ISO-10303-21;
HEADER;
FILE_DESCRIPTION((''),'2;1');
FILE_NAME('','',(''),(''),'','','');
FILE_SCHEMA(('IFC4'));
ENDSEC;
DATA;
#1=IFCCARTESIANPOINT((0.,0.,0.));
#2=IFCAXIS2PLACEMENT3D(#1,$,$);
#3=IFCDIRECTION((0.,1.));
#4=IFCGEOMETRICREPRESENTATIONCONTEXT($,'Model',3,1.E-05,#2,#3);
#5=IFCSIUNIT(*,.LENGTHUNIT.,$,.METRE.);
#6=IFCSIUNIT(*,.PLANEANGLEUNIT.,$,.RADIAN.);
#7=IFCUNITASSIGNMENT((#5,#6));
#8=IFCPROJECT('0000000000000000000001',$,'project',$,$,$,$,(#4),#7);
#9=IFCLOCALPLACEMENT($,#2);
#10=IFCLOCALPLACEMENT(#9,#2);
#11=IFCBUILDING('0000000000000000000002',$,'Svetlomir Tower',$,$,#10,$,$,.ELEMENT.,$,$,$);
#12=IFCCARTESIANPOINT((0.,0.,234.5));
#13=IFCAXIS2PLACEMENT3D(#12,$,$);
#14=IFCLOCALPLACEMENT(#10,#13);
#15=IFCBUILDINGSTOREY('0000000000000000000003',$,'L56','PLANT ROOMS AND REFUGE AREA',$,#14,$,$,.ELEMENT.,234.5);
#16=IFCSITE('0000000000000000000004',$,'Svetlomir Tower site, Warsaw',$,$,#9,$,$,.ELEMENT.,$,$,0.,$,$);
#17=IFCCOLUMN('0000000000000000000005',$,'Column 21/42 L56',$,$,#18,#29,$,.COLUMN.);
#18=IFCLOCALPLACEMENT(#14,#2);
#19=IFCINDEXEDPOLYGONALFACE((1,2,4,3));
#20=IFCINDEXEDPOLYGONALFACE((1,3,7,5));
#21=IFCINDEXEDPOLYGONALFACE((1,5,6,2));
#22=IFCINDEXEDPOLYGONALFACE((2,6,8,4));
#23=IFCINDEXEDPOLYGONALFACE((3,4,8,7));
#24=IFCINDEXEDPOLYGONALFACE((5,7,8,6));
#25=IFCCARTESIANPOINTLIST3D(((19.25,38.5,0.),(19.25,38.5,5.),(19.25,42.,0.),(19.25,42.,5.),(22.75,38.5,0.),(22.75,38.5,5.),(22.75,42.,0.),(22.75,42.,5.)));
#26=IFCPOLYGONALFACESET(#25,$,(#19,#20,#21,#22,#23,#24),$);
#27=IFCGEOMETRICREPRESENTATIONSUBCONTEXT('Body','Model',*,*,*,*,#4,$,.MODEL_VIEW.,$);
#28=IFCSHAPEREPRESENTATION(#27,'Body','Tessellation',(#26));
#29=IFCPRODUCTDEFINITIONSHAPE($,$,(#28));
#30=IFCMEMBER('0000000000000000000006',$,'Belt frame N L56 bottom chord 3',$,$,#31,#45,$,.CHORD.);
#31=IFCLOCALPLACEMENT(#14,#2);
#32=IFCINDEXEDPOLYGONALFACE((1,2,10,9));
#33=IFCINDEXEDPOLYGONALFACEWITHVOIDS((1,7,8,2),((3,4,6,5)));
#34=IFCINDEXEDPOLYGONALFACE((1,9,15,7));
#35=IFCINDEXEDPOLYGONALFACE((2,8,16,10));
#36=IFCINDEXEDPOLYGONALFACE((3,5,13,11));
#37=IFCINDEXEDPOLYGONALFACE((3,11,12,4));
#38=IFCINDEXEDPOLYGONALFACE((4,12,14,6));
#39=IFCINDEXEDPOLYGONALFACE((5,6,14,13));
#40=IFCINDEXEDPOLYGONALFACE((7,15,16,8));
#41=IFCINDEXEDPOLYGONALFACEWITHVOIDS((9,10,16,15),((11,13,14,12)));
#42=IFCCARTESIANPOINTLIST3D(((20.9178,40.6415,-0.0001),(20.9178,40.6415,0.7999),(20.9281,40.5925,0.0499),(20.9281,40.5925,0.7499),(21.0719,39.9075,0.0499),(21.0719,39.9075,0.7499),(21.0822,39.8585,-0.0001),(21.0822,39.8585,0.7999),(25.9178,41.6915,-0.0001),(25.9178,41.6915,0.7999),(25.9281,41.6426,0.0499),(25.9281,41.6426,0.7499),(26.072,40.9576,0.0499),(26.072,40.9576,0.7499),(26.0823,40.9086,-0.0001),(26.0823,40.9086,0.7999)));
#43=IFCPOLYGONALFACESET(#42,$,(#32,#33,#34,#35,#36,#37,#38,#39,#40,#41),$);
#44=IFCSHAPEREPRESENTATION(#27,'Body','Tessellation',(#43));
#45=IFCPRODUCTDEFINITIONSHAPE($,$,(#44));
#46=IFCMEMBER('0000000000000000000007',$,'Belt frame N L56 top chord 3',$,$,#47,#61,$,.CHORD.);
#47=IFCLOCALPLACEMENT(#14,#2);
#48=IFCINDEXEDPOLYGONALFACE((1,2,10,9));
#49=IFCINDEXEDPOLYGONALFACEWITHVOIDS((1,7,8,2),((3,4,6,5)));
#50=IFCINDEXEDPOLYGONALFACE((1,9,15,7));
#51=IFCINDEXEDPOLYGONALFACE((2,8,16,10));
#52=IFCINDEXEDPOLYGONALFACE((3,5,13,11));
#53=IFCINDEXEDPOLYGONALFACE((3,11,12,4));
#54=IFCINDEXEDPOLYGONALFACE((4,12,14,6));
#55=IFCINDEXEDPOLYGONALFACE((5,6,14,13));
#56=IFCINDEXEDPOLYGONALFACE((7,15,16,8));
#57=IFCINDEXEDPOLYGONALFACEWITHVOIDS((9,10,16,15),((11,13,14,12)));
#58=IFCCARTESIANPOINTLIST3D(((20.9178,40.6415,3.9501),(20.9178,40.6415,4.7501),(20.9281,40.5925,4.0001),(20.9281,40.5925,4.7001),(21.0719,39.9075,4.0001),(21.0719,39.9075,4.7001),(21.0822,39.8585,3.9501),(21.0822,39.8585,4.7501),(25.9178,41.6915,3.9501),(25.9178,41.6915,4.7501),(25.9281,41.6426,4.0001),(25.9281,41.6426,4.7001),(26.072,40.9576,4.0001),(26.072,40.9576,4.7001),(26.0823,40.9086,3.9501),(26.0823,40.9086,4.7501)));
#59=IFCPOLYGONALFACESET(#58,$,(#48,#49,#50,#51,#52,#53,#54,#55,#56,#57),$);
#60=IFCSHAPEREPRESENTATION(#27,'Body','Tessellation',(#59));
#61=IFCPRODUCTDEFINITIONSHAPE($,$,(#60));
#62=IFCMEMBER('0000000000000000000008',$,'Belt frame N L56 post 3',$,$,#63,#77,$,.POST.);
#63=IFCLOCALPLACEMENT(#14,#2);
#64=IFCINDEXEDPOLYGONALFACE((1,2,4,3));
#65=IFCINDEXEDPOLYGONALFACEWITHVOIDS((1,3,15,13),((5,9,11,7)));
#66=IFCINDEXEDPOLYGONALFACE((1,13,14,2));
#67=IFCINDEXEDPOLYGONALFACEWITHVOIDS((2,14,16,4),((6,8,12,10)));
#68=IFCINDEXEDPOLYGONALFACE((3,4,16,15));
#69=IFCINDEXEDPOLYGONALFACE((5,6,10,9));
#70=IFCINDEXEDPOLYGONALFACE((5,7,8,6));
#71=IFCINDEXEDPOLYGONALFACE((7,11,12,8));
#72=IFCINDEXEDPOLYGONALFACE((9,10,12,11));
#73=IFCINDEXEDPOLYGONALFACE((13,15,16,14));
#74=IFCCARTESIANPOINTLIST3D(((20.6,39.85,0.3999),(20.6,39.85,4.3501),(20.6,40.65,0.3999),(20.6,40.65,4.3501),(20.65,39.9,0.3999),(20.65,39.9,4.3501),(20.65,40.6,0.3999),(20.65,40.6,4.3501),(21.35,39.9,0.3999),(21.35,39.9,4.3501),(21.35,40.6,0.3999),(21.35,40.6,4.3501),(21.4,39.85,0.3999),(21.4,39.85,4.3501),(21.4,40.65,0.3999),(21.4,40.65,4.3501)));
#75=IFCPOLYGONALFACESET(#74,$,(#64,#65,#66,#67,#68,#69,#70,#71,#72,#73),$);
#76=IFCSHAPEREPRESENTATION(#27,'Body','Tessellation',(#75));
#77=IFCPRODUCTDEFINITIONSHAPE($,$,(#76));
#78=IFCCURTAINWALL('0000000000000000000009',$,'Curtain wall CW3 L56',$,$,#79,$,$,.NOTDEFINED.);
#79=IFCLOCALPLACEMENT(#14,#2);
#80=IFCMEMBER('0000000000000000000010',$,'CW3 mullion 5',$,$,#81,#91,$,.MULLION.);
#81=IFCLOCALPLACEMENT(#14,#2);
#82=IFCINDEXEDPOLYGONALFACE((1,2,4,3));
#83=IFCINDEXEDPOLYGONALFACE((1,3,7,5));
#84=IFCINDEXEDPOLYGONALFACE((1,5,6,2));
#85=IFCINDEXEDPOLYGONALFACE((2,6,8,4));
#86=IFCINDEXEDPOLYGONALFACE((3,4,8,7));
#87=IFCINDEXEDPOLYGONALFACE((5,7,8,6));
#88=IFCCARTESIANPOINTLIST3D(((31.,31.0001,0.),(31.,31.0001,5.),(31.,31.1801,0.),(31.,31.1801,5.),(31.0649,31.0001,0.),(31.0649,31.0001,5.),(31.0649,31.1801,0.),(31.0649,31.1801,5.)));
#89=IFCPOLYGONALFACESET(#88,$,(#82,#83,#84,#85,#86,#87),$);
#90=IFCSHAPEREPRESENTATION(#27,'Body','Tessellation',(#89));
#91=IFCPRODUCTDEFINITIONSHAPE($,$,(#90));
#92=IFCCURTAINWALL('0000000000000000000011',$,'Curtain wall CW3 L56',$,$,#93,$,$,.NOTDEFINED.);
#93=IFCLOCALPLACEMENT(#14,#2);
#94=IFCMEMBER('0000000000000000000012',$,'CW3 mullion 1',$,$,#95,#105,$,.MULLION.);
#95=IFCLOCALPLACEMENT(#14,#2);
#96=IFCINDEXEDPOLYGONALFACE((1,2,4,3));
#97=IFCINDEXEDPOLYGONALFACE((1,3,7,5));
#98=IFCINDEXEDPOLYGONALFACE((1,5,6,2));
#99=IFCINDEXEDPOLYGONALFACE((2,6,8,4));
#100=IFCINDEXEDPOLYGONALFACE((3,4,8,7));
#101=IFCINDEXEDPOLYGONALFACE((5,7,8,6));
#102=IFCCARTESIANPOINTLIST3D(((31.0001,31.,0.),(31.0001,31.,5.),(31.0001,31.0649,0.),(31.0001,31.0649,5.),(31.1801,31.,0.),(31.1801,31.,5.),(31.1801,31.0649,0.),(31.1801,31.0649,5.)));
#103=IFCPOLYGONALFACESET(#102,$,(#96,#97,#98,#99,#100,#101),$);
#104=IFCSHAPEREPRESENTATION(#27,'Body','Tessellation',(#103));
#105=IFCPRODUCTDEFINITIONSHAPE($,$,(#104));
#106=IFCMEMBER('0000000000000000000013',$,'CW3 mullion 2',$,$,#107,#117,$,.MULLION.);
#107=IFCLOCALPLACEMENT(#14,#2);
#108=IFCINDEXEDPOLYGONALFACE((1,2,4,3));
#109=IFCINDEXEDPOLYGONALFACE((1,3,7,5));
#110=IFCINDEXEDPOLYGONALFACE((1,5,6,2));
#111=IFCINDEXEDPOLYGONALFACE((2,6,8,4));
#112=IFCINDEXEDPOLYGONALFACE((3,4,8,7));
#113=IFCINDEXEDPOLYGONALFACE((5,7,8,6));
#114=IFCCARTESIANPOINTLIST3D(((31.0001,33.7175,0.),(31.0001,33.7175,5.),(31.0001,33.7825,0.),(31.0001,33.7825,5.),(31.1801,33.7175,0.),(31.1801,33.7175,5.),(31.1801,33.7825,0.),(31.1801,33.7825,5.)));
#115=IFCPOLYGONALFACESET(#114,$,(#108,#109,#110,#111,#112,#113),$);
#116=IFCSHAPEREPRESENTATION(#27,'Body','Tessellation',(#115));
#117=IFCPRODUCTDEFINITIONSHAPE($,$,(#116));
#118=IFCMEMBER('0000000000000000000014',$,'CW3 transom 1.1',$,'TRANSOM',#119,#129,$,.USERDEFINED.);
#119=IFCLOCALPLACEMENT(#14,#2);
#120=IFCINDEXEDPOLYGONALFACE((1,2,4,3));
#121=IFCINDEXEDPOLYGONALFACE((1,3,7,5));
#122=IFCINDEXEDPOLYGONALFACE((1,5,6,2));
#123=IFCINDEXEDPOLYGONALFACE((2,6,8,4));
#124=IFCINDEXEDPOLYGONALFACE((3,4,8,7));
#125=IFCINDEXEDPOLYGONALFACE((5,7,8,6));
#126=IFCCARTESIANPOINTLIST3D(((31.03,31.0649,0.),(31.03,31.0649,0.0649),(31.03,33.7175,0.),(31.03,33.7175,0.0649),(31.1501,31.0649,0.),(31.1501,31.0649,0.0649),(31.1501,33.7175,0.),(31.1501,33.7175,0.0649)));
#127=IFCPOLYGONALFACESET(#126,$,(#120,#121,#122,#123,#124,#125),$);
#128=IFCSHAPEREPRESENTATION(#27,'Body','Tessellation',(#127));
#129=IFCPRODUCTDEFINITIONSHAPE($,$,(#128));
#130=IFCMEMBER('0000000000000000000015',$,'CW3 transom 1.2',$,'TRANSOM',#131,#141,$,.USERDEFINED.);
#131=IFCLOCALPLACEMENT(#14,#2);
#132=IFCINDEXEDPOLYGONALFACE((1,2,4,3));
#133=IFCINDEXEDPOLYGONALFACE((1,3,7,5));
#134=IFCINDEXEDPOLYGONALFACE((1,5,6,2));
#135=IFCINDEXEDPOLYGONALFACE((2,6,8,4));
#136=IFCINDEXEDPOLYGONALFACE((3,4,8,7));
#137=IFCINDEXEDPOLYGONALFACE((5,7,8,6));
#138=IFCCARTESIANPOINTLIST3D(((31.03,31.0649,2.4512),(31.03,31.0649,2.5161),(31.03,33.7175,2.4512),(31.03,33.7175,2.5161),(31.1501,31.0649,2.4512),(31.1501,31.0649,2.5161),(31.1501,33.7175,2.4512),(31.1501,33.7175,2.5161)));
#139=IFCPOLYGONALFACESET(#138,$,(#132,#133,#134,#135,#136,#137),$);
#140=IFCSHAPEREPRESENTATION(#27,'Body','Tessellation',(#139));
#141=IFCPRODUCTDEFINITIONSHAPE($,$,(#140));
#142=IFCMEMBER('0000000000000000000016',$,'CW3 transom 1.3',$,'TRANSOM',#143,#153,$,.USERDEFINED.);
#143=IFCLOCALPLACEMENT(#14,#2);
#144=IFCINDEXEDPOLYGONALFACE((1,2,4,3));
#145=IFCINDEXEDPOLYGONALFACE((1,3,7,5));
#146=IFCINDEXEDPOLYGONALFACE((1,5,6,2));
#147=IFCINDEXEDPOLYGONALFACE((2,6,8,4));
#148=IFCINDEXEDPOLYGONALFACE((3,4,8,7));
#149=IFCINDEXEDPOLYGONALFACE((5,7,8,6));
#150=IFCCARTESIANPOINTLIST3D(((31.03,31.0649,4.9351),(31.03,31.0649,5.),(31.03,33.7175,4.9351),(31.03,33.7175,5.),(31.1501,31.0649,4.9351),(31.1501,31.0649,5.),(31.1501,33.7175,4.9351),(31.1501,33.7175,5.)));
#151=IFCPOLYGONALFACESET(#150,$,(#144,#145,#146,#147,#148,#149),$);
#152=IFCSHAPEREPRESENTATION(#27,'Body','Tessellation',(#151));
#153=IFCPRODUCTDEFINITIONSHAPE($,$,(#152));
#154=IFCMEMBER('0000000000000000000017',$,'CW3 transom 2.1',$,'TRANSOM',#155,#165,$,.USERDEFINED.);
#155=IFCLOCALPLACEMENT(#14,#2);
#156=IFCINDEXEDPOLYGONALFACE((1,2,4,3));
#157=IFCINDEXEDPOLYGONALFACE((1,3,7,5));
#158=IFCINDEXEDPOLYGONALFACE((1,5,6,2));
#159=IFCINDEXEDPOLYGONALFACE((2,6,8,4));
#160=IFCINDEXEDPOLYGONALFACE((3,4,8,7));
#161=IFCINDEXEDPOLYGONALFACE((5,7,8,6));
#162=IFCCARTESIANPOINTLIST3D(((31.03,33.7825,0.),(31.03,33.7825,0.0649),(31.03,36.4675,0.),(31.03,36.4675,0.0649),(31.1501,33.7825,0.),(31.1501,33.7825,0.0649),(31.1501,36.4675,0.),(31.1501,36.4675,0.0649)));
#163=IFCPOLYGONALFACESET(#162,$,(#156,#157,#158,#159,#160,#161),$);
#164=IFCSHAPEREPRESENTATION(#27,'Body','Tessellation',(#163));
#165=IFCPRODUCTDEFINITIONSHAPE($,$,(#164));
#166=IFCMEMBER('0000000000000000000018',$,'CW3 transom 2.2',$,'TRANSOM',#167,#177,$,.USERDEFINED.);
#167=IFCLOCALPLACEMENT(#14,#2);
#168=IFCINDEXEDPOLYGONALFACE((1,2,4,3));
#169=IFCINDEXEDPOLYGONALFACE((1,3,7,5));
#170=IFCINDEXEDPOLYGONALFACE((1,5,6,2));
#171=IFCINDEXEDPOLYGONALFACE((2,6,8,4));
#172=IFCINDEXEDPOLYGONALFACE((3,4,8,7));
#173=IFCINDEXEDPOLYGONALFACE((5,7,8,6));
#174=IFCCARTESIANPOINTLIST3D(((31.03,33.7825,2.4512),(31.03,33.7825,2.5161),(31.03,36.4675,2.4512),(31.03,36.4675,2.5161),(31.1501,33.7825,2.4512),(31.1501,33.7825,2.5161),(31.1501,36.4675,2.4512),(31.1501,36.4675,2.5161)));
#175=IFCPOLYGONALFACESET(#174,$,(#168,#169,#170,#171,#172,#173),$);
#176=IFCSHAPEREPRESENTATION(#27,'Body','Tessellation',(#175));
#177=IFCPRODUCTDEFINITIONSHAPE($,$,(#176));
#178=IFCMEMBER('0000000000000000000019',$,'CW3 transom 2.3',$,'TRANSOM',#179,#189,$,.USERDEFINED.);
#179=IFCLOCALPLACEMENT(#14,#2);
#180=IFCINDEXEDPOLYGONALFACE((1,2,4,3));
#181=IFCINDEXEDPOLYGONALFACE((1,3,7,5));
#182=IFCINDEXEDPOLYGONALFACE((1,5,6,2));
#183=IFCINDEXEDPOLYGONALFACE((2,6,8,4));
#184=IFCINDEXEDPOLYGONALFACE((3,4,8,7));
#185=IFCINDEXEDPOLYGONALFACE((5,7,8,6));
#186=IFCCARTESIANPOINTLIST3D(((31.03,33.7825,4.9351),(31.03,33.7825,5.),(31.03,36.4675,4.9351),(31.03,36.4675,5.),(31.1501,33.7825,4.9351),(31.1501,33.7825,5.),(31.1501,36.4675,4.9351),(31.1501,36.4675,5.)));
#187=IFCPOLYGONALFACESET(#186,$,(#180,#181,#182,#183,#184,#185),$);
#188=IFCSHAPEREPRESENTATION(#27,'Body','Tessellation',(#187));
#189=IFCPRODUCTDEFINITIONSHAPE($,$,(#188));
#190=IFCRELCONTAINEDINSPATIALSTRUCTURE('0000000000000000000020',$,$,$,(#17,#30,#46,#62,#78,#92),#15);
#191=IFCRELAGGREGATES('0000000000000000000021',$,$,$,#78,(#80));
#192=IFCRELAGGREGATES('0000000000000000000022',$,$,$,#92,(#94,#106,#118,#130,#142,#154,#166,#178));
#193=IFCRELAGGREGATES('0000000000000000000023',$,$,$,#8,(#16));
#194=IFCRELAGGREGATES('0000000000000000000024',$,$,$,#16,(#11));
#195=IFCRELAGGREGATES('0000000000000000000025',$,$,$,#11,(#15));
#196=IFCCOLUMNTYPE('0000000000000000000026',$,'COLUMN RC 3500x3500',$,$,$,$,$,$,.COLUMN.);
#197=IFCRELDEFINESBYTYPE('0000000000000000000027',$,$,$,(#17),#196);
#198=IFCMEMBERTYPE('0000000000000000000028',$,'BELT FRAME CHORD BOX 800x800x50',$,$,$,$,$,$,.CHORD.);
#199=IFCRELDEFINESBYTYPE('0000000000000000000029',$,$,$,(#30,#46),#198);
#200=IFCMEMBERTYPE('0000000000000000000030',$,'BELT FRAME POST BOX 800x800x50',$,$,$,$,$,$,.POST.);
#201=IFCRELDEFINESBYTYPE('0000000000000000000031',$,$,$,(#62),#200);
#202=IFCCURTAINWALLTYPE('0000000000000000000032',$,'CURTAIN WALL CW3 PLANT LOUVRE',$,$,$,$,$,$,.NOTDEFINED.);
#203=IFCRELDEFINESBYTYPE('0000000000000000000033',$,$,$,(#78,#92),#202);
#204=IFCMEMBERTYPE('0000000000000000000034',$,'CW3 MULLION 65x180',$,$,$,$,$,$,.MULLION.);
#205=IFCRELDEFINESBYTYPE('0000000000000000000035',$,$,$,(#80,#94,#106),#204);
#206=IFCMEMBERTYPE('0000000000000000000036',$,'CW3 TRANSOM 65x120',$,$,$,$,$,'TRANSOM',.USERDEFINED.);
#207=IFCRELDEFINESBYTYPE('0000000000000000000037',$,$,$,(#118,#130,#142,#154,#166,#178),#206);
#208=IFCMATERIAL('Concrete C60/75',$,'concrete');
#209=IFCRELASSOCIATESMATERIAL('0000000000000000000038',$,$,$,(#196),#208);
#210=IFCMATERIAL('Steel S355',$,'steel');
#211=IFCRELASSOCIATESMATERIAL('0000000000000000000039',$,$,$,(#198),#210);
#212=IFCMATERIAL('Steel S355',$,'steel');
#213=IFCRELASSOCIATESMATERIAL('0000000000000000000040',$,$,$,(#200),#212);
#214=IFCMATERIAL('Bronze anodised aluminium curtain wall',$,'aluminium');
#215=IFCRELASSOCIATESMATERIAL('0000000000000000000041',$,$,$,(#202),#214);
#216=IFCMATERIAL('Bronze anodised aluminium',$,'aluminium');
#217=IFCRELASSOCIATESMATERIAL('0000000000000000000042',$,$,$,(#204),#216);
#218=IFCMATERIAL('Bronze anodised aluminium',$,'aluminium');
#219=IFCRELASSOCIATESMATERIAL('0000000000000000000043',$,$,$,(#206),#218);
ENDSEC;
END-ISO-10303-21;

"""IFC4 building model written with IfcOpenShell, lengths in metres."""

from ifc_helpers import new_model, si_unit, direction, frame, origin, origin_2d, place, context, subcontext, project, spatial, rectangle, hollow_rectangle, extrude, material, material_profile, profile_set, type_object, element, aggregate, save


model = new_model("IFC4")

# Units and contexts
model_context = context("Model", 3, precision=1e-05, world=origin(), true_north=direction((0.0, 1.0)))
body_context = subcontext(model_context, "Body", "Model", "MODEL_VIEW")
ifc_project = project(units=[si_unit("LENGTHUNIT", "METRE"), si_unit("PLANEANGLEUNIT", "RADIAN")], contexts=[model_context])

# Site, building, storey
site_placement = place(None, origin())
site = spatial("IfcSite", under=ifc_project, at=site_placement, Name="Svetlomir Tower site, Warsaw", CompositionType="ELEMENT", RefElevation=0.0)
building_placement = place(site_placement, origin())
building = spatial("IfcBuilding", under=site, at=building_placement, Name="Svetlomir Tower", CompositionType="ELEMENT")
storey_placement = place(building_placement, frame((0.0, 0.0, 234.5)))
storey = spatial("IfcBuildingStorey", under=building, at=storey_placement, Name="L56", Description="PLANT ROOMS AND REFUGE AREA", CompositionType="ELEMENT", Elevation=234.5)

# Column
ifc_material_1 = material(Name="Concrete C60/75", Category="concrete")
ifc_material_profile_1 = material_profile(ifc_material_1, rectangle(XDim=3.5, YDim=3.5, at=origin_2d()), Name="RC 3500x3500")
ifc_profile_set_1 = profile_set([ifc_material_profile_1], Name="Concrete C60/75")
column_type = type_object("IfcColumnType", Name="COLUMN RC 3500x3500", PredefinedType="COLUMN", material=ifc_profile_set_1)
column_placement = place(storey_placement, frame((21.0, 40.25, 0.0), z_axis=(0.0, 0.0, 1.0), x_axis=(1.0, 0.0, 0.0)))
element("IfcColumn", 1, at=column_placement, inside=storey, type_object=column_type, Name="Column 21/42 L56", PredefinedType="COLUMN", context=body_context, shape_type="SweptSolid", body=[
    extrude(rectangle(XDim=3.5, YDim=3.5, at=origin_2d()), origin(), (0.0, 0.0, 1.0), 5.0),
])

# Members
ifc_material_2 = material(Name="Steel S355", Category="steel")
ifc_material_profile_2 = material_profile(ifc_material_2, hollow_rectangle(XDim=0.8, YDim=0.8, WallThickness=0.05, at=origin_2d()), Name="BOX 800x800x50")
ifc_profile_set_2 = profile_set([ifc_material_profile_2], Name="Steel S355")
member_type_1 = type_object("IfcMemberType", Name="BELT FRAME CHORD BOX 800x800x50", PredefinedType="CHORD", material=ifc_profile_set_2)
for number, where, z_axis, x_axis, name in (
    (2, (21.0, 40.25, 0.3999), (0.978652, 0.205526, 0.0), (-0.205526, 0.978652, 0.0), "Belt frame N L56 bottom chord 3"),
    (3, (21.0, 40.25, 4.3501), (0.978652, 0.205526, 0.0), (-0.205526, 0.978652, 0.0), "Belt frame N L56 top chord 3"),
):
    element("IfcMember", number, at=place(storey_placement, frame(where, z_axis=z_axis, x_axis=x_axis)), inside=storey, type_object=member_type_1, Name=name, PredefinedType="CHORD", context=body_context, shape_type="SweptSolid", body=[
        extrude(hollow_rectangle(XDim=0.8, YDim=0.8, WallThickness=0.05, at=origin_2d()), origin(), (0.0, 0.0, 1.0), 5.1091),
    ])
ifc_material_3 = material(Name="Steel S355", Category="steel")
ifc_material_profile_3 = material_profile(ifc_material_3, hollow_rectangle(XDim=0.8, YDim=0.8, WallThickness=0.05, at=origin_2d()), Name="BOX 800x800x50")
ifc_profile_set_3 = profile_set([ifc_material_profile_3], Name="Steel S355")
member_type_2 = type_object("IfcMemberType", Name="BELT FRAME POST BOX 800x800x50", PredefinedType="POST", material=ifc_profile_set_3)
member_1_placement = place(storey_placement, frame((21.0, 40.25, 0.3999), z_axis=(0.0, 0.0, 1.0), x_axis=(1.0, 0.0, 0.0)))
element("IfcMember", 4, at=member_1_placement, inside=storey, type_object=member_type_2, Name="Belt frame N L56 post 3", PredefinedType="POST", context=body_context, shape_type="SweptSolid", body=[
    extrude(hollow_rectangle(XDim=0.8, YDim=0.8, WallThickness=0.05, at=origin_2d()), origin(), (0.0, 0.0, 1.0), 3.9502),
])

# Curtain wall, member
ifc_material_4 = material(Name="Bronze anodised aluminium curtain wall", Category="aluminium")
curtain_wall_type = type_object("IfcCurtainWallType", Name="CURTAIN WALL CW3 PLANT LOUVRE", PredefinedType="NOTDEFINED", material=ifc_material_4)
curtain_wall_1_placement = place(storey_placement, origin())
curtain_wall_1 = element("IfcCurtainWall", 5, at=curtain_wall_1_placement, inside=storey, type_object=curtain_wall_type, Name="Curtain wall CW3 L56", PredefinedType="NOTDEFINED")
ifc_material_5 = material(Name="Bronze anodised aluminium", Category="aluminium")
ifc_material_profile_4 = material_profile(ifc_material_5, rectangle(XDim=0.0649, YDim=0.1799, at=origin_2d()), Name="AL 65x180")
ifc_profile_set_4 = profile_set([ifc_material_profile_4], Name="Bronze anodised aluminium 6063-T6")
member_type_3 = type_object("IfcMemberType", Name="CW3 MULLION 65x180", PredefinedType="MULLION", material=ifc_profile_set_4)
member_2_placement = place(storey_placement, frame((31.0325, 31.0901, 0.0), z_axis=(0.0, 0.0, 1.0), x_axis=(-1.0, 0.0, 0.0)))
member_2 = element("IfcMember", 6, at=member_2_placement, type_object=member_type_3, Name="CW3 mullion 5", PredefinedType="MULLION", context=body_context, shape_type="SweptSolid", body=[
    extrude(rectangle(XDim=0.0649, YDim=0.1799, at=origin_2d()), origin(), (0.0, 0.0, 1.0), 5.0),
])
aggregate(curtain_wall_1, [member_2])

# Curtain wall, members
curtain_wall_2_placement = place(storey_placement, origin())
curtain_wall_2 = element("IfcCurtainWall", 7, at=curtain_wall_2_placement, inside=storey, type_object=curtain_wall_type, Name="Curtain wall CW3 L56", PredefinedType="NOTDEFINED")
member_3_placement = place(storey_placement, frame((31.0901, 31.0325, 0.0), z_axis=(0.0, 0.0, 1.0), x_axis=(0.0, 1.0, 0.0)))
member_3 = element("IfcMember", 8, at=member_3_placement, type_object=member_type_3, Name="CW3 mullion 1", PredefinedType="MULLION", context=body_context, shape_type="SweptSolid", body=[
    extrude(rectangle(XDim=0.0649, YDim=0.1799, at=origin_2d()), origin(), (0.0, 0.0, 1.0), 5.0),
])
member_4_placement = place(storey_placement, frame((31.0901, 33.75, 0.0), z_axis=(0.0, 0.0, 1.0), x_axis=(0.0, 1.0, 0.0)))
member_4 = element("IfcMember", 9, at=member_4_placement, type_object=member_type_3, Name="CW3 mullion 2", PredefinedType="MULLION", context=body_context, shape_type="SweptSolid", body=[
    extrude(rectangle(XDim=0.0649, YDim=0.1799, at=origin_2d()), origin(), (0.0, 0.0, 1.0), 5.0),
])
ifc_material_6 = material(Name="Bronze anodised aluminium", Category="aluminium")
ifc_material_profile_5 = material_profile(ifc_material_6, rectangle(XDim=0.1201, YDim=0.0649, at=origin_2d()), Name="AL 120x65")
ifc_profile_set_5 = profile_set([ifc_material_profile_5], Name="Bronze anodised aluminium 6063-T6")
member_type_4 = type_object("IfcMemberType", Name="CW3 TRANSOM 65x120", ElementType="TRANSOM", PredefinedType="USERDEFINED", material=ifc_profile_set_5)
member_5_placement = place(storey_placement, frame((31.0901, 31.0649, 0.0325), z_axis=(0.0, 1.0, 0.0), x_axis=(-1.0, 0.0, 0.0)))
member_5 = element("IfcMember", 10, at=member_5_placement, type_object=member_type_4, Name="CW3 transom 1.1", ObjectType="TRANSOM", PredefinedType="USERDEFINED", context=body_context, shape_type="SweptSolid", body=[
    extrude(rectangle(XDim=0.1201, YDim=0.0649, at=origin_2d()), origin(), (0.0, 0.0, 1.0), 2.6526),
])
member_6_placement = place(storey_placement, frame((31.0901, 31.0649, 2.4836), z_axis=(0.0, 1.0, 0.0), x_axis=(-1.0, 0.0, 0.0)))
member_6 = element("IfcMember", 11, at=member_6_placement, type_object=member_type_4, Name="CW3 transom 1.2", ObjectType="TRANSOM", PredefinedType="USERDEFINED", context=body_context, shape_type="SweptSolid", body=[
    extrude(rectangle(XDim=0.1201, YDim=0.0649, at=origin_2d()), origin(), (0.0, 0.0, 1.0), 2.6526),
])
member_7_placement = place(storey_placement, frame((31.0901, 31.0649, 4.9675), z_axis=(0.0, 1.0, 0.0), x_axis=(-1.0, 0.0, 0.0)))
member_7 = element("IfcMember", 12, at=member_7_placement, type_object=member_type_4, Name="CW3 transom 1.3", ObjectType="TRANSOM", PredefinedType="USERDEFINED", context=body_context, shape_type="SweptSolid", body=[
    extrude(rectangle(XDim=0.1201, YDim=0.0649, at=origin_2d()), origin(), (0.0, 0.0, 1.0), 2.6526),
])
member_8_placement = place(storey_placement, frame((31.0901, 33.7825, 0.0325), z_axis=(0.0, 1.0, 0.0), x_axis=(-1.0, 0.0, 0.0)))
member_8 = element("IfcMember", 13, at=member_8_placement, type_object=member_type_4, Name="CW3 transom 2.1", ObjectType="TRANSOM", PredefinedType="USERDEFINED", context=body_context, shape_type="SweptSolid", body=[
    extrude(rectangle(XDim=0.1201, YDim=0.0649, at=origin_2d()), origin(), (0.0, 0.0, 1.0), 2.6851),
])
member_9_placement = place(storey_placement, frame((31.0901, 33.7825, 2.4836), z_axis=(0.0, 1.0, 0.0), x_axis=(-1.0, 0.0, 0.0)))
member_9 = element("IfcMember", 14, at=member_9_placement, type_object=member_type_4, Name="CW3 transom 2.2", ObjectType="TRANSOM", PredefinedType="USERDEFINED", context=body_context, shape_type="SweptSolid", body=[
    extrude(rectangle(XDim=0.1201, YDim=0.0649, at=origin_2d()), origin(), (0.0, 0.0, 1.0), 2.6851),
])
member_10_placement = place(storey_placement, frame((31.0901, 33.7825, 4.9675), z_axis=(0.0, 1.0, 0.0), x_axis=(-1.0, 0.0, 0.0)))
member_10 = element("IfcMember", 15, at=member_10_placement, type_object=member_type_4, Name="CW3 transom 2.3", ObjectType="TRANSOM", PredefinedType="USERDEFINED", context=body_context, shape_type="SweptSolid", body=[
    extrude(rectangle(XDim=0.1201, YDim=0.0649, at=origin_2d()), origin(), (0.0, 0.0, 1.0), 2.6851),
])

aggregate(curtain_wall_2, [member_3, member_4, member_5, member_6, member_7, member_8, member_9, member_10])

save(model, "model.ifc")
